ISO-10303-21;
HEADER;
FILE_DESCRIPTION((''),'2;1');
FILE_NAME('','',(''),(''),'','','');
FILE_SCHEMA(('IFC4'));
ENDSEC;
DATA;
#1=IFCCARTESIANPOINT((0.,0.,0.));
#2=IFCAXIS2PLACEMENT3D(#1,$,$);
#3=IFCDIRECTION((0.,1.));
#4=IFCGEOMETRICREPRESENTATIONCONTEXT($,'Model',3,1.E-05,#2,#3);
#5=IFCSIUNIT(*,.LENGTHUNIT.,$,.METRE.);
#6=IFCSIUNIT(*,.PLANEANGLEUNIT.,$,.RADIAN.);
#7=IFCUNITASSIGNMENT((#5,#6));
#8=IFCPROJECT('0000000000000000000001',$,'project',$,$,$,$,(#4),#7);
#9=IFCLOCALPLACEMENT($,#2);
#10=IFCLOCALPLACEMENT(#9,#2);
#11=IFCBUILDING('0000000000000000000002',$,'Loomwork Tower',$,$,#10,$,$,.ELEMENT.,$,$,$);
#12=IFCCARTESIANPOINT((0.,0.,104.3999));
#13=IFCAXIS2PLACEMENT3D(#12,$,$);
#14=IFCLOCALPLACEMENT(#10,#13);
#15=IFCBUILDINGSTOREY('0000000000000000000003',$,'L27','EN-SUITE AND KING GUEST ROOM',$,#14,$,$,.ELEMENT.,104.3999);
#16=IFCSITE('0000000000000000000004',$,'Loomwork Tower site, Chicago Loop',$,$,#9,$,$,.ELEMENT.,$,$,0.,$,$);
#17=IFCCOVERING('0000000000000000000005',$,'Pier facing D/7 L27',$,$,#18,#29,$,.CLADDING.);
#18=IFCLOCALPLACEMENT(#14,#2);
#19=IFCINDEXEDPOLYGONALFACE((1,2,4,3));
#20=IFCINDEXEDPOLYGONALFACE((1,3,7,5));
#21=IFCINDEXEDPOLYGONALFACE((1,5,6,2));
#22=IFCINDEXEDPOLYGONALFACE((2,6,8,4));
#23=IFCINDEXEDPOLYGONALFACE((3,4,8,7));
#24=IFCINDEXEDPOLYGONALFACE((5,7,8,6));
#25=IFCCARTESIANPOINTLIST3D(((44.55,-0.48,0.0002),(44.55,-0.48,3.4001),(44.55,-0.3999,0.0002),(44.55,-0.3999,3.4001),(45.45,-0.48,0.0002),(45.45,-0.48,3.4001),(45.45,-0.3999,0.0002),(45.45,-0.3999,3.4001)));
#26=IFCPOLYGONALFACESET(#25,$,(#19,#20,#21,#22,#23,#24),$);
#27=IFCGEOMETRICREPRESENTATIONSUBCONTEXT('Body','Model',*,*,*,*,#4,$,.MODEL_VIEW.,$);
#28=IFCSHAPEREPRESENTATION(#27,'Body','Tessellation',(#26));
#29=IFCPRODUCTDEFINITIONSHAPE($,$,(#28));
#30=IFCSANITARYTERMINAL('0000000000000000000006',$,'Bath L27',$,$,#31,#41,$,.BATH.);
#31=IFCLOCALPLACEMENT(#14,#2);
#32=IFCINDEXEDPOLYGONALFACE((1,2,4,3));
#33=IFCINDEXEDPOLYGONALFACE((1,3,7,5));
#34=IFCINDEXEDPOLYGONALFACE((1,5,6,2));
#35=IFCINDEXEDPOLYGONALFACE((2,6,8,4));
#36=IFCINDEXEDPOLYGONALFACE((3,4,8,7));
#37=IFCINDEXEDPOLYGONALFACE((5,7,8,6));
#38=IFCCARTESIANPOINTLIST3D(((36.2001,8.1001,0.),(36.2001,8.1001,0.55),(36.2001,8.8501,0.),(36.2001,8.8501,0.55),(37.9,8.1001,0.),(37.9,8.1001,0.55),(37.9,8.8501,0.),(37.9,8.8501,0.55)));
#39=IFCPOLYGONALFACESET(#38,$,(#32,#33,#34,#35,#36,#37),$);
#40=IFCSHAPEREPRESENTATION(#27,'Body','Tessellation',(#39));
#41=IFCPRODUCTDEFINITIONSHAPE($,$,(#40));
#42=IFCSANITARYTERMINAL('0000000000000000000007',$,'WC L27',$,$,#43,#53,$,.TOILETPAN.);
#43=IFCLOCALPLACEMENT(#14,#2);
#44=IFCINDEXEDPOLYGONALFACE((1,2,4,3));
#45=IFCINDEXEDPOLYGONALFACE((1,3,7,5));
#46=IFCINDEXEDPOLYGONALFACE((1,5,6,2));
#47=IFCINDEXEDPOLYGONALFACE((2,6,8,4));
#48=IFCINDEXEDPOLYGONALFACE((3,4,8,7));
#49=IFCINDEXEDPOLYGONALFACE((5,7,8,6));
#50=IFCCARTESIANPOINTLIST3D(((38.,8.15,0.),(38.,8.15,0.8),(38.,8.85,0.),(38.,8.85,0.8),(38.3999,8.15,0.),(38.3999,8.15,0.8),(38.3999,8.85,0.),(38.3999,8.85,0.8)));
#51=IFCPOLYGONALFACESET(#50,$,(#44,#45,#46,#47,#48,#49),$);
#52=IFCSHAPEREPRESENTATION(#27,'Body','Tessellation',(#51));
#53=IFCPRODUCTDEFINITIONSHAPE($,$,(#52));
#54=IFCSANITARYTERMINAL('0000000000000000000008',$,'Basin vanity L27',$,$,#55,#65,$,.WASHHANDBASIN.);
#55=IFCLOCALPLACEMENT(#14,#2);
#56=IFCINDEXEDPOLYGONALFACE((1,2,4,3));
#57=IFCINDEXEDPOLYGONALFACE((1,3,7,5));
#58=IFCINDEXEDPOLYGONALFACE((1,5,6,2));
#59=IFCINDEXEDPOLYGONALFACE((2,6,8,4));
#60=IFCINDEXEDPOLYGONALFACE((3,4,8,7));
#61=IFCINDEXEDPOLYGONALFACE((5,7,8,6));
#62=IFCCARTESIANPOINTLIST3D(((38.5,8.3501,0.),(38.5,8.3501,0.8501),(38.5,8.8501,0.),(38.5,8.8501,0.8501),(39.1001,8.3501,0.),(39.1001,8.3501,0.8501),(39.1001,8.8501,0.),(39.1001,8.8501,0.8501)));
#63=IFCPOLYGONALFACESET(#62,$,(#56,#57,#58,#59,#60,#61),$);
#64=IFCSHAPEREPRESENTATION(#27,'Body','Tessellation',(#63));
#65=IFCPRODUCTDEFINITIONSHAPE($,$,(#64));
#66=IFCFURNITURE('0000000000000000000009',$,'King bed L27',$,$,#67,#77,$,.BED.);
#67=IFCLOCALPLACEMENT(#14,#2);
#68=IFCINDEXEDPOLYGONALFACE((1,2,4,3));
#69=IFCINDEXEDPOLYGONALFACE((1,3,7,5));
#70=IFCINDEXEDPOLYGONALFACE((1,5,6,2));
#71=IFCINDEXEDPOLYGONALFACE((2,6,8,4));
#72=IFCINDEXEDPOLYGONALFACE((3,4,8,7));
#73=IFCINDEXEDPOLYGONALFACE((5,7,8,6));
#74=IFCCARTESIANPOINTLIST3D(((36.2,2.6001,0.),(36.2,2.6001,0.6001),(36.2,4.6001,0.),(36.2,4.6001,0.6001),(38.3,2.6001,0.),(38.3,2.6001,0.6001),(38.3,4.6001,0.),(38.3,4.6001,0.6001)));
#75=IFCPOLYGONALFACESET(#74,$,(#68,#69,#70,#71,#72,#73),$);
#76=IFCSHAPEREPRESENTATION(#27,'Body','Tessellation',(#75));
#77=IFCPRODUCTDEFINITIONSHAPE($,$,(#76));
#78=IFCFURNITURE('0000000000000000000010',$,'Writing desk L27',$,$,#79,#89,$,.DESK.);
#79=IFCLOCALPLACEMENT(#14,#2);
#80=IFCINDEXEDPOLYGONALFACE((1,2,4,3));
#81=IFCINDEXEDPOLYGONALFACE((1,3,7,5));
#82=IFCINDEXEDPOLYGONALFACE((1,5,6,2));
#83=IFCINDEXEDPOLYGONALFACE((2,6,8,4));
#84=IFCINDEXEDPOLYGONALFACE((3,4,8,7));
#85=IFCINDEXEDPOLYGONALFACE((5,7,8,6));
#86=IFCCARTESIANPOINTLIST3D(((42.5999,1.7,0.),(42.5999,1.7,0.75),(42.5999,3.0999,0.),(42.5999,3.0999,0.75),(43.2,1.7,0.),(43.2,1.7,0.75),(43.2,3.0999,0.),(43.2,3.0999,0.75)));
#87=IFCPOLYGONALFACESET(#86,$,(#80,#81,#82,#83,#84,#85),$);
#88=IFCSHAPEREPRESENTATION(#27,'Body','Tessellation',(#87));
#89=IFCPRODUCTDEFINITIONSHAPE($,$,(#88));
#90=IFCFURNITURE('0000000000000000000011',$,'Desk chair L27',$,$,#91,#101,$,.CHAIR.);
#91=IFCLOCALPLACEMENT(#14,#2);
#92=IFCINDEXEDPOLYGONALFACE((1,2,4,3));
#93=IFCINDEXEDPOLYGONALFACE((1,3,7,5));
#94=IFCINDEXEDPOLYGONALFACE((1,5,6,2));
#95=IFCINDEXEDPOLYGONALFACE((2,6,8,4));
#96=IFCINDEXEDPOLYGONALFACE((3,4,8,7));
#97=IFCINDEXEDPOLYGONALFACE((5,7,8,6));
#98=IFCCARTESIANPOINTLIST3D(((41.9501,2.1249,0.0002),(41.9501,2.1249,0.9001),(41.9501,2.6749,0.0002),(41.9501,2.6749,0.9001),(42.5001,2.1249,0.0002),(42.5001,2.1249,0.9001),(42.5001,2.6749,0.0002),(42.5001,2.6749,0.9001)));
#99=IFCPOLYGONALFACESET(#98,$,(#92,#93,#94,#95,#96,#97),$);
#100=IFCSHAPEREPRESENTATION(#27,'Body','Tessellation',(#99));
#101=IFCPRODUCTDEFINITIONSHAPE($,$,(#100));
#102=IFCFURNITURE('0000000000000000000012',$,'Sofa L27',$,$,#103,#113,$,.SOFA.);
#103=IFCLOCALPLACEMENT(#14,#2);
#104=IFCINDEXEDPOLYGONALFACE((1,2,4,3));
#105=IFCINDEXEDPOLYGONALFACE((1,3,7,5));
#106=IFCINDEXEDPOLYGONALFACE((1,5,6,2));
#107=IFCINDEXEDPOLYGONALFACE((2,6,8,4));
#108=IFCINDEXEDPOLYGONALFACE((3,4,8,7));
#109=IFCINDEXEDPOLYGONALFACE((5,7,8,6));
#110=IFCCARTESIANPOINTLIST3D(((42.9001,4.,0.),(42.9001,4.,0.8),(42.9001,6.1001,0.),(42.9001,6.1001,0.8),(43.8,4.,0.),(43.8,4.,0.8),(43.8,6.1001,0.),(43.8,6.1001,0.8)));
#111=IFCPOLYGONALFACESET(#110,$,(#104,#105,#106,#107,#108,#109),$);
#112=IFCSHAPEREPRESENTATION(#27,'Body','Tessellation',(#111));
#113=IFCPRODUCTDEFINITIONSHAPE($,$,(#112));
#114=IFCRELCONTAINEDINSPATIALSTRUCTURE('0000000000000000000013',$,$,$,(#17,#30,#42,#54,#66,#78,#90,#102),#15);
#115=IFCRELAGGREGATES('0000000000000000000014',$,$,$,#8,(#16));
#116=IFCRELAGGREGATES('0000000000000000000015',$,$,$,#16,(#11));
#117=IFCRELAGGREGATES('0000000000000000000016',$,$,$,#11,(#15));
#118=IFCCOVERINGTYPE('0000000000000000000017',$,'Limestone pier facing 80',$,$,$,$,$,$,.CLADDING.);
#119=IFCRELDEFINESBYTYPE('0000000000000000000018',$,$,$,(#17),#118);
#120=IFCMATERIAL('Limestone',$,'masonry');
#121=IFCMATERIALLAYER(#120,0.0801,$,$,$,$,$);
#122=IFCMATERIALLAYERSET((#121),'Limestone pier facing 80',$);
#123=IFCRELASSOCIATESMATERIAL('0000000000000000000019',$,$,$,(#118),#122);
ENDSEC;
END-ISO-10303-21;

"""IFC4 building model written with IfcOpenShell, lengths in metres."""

from ifc_helpers import new_model, si_unit, direction, frame, origin, origin_2d, place, context, subcontext, project, spatial, rectangle, extrude, material, layer, layer_set, type_object, element, save


model = new_model("IFC4")

# Units and contexts
model_context = context("Model", 3, precision=1e-05, world=origin(), true_north=direction((0.0, 1.0)))
body_context = subcontext(model_context, "Body", "Model", "MODEL_VIEW")
ifc_project = project(units=[si_unit("LENGTHUNIT", "METRE"), si_unit("PLANEANGLEUNIT", "RADIAN")], contexts=[model_context])

# Site, building, storey
site_placement = place(None, origin())
site = spatial("IfcSite", under=ifc_project, at=site_placement, Name="Loomwork Tower site, Chicago Loop", CompositionType="ELEMENT", RefElevation=0.0)
building_placement = place(site_placement, origin())
building = spatial("IfcBuilding", under=site, at=building_placement, Name="Loomwork Tower", CompositionType="ELEMENT")
storey_placement = place(building_placement, frame((0.0, 0.0, 104.3999)))
storey = spatial("IfcBuildingStorey", under=building, at=storey_placement, Name="L27", Description="EN-SUITE AND KING GUEST ROOM", CompositionType="ELEMENT", Elevation=104.3999)

# Covering
ifc_material_1 = material(Name="Limestone", Category="masonry")
ifc_layer_1 = layer(ifc_material_1, 0.0801)
ifc_layer_set_1 = layer_set([ifc_layer_1], Name="Limestone pier facing 80")
covering_type = type_object("IfcCoveringType", Name="Limestone pier facing 80", PredefinedType="CLADDING", material=ifc_layer_set_1)
covering_placement = place(storey_placement, frame((45.0, -0.4399, 0.0002), z_axis=(0.0, 0.0, 1.0), x_axis=(1.0, 0.0, 0.0)))
element("IfcCovering", 1, at=covering_placement, inside=storey, type_object=covering_type, Name="Pier facing D/7 L27", PredefinedType="CLADDING", context=body_context, shape_type="SweptSolid", body=[
    extrude(rectangle(XDim=0.8999, YDim=0.0801, at=origin_2d()), origin(), (0.0, 0.0, 1.0), 3.3999),
])

# Sanitary terminals
sanitary_terminal_1_placement = place(storey_placement, frame((37.05, 8.4751, 0.0), z_axis=(0.0, 0.0, 1.0), x_axis=(1.0, 0.0, 0.0)))
element("IfcSanitaryTerminal", 2, at=sanitary_terminal_1_placement, inside=storey, Name="Bath L27", PredefinedType="BATH", context=body_context, shape_type="SweptSolid", body=[
    extrude(rectangle(XDim=1.7, YDim=0.75, at=origin_2d()), origin(), (0.0, 0.0, 1.0), 0.55),
])
sanitary_terminal_2_placement = place(storey_placement, frame((38.2, 8.5, 0.0), z_axis=(0.0, 0.0, 1.0), x_axis=(1.0, 0.0, 0.0)))
element("IfcSanitaryTerminal", 3, at=sanitary_terminal_2_placement, inside=storey, Name="WC L27", PredefinedType="TOILETPAN", context=body_context, shape_type="SweptSolid", body=[
    extrude(rectangle(XDim=0.3999, YDim=0.7, at=origin_2d()), origin(), (0.0, 0.0, 1.0), 0.8),
])
sanitary_terminal_3_placement = place(storey_placement, frame((38.8, 8.6001, 0.0), z_axis=(0.0, 0.0, 1.0), x_axis=(1.0, 0.0, 0.0)))
element("IfcSanitaryTerminal", 4, at=sanitary_terminal_3_placement, inside=storey, Name="Basin vanity L27", PredefinedType="WASHHANDBASIN", context=body_context, shape_type="SweptSolid", body=[
    extrude(rectangle(XDim=0.6001, YDim=0.5, at=origin_2d()), origin(), (0.0, 0.0, 1.0), 0.8501),
])

# Furniture
furniture_1_placement = place(storey_placement, frame((37.25, 3.6001, 0.0), z_axis=(0.0, 0.0, 1.0), x_axis=(1.0, 0.0, 0.0)))
element("IfcFurniture", 5, at=furniture_1_placement, inside=storey, Name="King bed L27", PredefinedType="BED", context=body_context, shape_type="SweptSolid", body=[
    extrude(rectangle(XDim=2.1001, YDim=2.0, at=origin_2d()), origin(), (0.0, 0.0, 1.0), 0.6001),
])
furniture_2_placement = place(storey_placement, frame((42.8999, 2.3999, 0.0), z_axis=(0.0, 0.0, 1.0), x_axis=(1.0, 0.0, 0.0)))
element("IfcFurniture", 6, at=furniture_2_placement, inside=storey, Name="Writing desk L27", PredefinedType="DESK", context=body_context, shape_type="SweptSolid", body=[
    extrude(rectangle(XDim=0.6001, YDim=1.3999, at=origin_2d()), origin(), (0.0, 0.0, 1.0), 0.75),
])
furniture_3_placement = place(storey_placement, frame((42.2251, 2.3999, 0.0002), z_axis=(0.0, 0.0, 1.0), x_axis=(1.0, 0.0, 0.0)))
element("IfcFurniture", 7, at=furniture_3_placement, inside=storey, Name="Desk chair L27", PredefinedType="CHAIR", context=body_context, shape_type="SweptSolid", body=[
    extrude(rectangle(XDim=0.55, YDim=0.55, at=origin_2d()), origin(), (0.0, 0.0, 1.0), 0.8999),
])
furniture_4_placement = place(storey_placement, frame((43.3501, 5.05, 0.0), z_axis=(0.0, 0.0, 1.0), x_axis=(1.0, 0.0, 0.0)))
element("IfcFurniture", 8, at=furniture_4_placement, inside=storey, Name="Sofa L27", PredefinedType="SOFA", context=body_context, shape_type="SweptSolid", body=[
    extrude(rectangle(XDim=0.8999, YDim=2.1001, at=origin_2d()), origin(), (0.0, 0.0, 1.0), 0.8),
])

save(model, "model.ifc")
